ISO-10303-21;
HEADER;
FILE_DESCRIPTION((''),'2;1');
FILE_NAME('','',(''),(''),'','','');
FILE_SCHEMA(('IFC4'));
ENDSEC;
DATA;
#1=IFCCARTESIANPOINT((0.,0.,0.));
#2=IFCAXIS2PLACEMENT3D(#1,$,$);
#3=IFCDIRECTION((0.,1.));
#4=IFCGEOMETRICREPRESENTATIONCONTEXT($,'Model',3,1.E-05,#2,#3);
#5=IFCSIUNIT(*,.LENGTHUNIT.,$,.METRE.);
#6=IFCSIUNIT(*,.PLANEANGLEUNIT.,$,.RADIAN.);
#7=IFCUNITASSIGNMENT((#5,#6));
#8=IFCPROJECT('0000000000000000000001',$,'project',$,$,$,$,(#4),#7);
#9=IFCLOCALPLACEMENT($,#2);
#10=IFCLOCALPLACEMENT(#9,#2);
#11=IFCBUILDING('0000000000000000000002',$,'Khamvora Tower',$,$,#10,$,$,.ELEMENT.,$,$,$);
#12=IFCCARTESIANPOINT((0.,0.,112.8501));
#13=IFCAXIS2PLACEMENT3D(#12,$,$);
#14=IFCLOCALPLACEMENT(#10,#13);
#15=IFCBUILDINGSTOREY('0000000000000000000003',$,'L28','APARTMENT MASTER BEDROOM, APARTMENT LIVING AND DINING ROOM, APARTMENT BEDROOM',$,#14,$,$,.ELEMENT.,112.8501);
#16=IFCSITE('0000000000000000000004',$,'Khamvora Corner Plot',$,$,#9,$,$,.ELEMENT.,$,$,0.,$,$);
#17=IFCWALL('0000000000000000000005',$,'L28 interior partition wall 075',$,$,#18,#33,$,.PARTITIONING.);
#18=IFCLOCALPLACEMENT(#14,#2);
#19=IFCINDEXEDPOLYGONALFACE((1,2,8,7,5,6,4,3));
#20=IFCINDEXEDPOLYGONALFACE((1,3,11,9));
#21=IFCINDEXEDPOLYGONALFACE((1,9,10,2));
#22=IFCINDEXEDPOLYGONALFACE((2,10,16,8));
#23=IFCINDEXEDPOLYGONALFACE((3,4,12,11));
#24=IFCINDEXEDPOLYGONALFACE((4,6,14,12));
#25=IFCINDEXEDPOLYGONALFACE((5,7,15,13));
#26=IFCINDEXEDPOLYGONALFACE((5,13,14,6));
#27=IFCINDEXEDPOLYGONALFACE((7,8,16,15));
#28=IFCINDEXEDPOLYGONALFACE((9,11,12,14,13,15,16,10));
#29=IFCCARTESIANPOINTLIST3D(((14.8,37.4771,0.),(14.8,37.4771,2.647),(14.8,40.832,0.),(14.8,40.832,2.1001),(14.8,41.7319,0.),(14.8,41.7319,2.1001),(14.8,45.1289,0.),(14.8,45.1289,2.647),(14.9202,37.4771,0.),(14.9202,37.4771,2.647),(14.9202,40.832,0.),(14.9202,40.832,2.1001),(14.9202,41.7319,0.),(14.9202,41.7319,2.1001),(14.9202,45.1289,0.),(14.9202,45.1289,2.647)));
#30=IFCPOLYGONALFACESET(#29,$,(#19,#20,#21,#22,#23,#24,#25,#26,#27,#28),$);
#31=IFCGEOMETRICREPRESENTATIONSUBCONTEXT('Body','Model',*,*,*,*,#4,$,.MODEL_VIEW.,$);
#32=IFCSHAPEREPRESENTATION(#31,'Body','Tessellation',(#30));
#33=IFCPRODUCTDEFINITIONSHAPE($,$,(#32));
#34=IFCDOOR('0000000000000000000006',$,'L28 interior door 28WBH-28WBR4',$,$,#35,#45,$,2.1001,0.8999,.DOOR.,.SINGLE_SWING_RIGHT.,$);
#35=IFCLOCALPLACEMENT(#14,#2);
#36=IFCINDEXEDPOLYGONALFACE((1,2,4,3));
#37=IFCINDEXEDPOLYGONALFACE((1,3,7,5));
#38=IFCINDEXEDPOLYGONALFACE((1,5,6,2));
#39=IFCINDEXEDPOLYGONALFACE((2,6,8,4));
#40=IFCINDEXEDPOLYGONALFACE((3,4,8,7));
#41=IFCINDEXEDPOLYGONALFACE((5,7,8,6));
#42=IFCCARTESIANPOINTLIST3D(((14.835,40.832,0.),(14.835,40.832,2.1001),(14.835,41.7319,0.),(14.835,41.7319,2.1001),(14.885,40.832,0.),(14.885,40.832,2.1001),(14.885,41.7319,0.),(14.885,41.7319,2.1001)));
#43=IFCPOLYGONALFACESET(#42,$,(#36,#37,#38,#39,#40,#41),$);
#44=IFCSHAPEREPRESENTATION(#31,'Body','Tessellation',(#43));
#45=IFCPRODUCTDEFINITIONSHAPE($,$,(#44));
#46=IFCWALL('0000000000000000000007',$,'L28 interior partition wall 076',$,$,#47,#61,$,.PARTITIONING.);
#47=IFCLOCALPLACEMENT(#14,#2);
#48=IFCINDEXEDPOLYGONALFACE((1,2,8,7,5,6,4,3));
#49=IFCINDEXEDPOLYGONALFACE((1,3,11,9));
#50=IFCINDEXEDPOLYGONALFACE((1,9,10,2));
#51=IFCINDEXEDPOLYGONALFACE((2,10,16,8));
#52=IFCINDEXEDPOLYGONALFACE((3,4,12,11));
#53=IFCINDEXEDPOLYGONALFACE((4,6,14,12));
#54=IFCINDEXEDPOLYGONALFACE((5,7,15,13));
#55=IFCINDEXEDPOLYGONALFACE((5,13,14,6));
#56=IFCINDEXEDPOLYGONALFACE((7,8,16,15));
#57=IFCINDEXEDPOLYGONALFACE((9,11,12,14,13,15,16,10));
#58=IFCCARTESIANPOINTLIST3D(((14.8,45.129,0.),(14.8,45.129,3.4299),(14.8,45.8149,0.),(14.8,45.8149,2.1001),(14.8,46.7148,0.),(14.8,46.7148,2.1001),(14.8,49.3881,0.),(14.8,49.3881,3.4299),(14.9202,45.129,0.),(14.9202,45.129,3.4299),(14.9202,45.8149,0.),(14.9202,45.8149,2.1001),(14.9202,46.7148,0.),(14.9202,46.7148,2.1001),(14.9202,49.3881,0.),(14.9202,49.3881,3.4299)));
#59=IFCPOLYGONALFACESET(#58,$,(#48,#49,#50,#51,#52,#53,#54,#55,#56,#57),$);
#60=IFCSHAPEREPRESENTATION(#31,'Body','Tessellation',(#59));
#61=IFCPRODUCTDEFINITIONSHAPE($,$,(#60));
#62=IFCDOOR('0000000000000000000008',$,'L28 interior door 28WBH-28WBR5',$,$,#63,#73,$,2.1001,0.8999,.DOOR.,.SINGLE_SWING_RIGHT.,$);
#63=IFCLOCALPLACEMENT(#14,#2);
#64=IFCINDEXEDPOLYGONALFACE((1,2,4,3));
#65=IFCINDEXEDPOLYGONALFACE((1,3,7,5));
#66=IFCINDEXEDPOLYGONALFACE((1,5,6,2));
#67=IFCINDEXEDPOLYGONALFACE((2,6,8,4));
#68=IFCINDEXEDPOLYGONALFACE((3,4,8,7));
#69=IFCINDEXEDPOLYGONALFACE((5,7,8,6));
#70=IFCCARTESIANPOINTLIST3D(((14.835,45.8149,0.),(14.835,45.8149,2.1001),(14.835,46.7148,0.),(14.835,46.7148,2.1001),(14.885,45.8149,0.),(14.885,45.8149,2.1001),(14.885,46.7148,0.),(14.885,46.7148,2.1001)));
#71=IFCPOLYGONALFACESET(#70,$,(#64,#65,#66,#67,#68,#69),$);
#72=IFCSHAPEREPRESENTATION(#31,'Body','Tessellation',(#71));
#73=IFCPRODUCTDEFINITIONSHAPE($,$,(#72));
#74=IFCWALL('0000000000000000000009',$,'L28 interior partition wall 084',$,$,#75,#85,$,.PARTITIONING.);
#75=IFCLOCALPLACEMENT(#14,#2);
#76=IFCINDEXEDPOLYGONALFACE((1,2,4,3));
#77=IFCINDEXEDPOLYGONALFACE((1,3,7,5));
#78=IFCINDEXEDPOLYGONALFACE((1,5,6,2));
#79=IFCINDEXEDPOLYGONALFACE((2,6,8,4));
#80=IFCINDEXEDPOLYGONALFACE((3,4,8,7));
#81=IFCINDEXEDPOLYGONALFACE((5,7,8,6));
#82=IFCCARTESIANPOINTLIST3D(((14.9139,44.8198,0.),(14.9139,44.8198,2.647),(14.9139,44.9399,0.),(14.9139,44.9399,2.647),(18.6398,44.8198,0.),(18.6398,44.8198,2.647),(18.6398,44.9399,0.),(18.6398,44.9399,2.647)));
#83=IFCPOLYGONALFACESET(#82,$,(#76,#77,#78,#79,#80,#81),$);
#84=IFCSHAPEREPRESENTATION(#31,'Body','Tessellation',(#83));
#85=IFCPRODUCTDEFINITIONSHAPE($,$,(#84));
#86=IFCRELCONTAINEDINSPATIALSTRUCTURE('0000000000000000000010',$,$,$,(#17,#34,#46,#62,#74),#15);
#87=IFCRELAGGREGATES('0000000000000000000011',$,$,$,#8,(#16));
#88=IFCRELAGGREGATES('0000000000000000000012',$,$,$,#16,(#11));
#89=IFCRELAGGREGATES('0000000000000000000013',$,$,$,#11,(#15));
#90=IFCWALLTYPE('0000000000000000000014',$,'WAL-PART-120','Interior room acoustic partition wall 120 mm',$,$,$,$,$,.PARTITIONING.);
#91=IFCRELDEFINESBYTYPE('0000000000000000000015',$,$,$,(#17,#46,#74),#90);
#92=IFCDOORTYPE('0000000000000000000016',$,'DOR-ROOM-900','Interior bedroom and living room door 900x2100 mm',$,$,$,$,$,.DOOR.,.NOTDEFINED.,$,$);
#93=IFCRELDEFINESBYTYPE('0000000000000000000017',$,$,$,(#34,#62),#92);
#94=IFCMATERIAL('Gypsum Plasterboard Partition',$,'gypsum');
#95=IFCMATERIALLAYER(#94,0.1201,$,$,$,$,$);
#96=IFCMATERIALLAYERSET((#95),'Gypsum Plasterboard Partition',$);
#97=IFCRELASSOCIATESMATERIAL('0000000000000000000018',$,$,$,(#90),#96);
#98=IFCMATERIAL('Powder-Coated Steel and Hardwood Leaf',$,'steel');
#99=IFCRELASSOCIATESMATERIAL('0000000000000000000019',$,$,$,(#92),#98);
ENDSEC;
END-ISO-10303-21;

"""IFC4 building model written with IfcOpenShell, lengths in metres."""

from ifc_helpers import new_model, si_unit, direction, frame, frame_2d, origin, place, context, subcontext, project, spatial, rectangle, extrude, material, layer, layer_set, type_object, element, fill, save


model = new_model("IFC4")

# Units and contexts
model_context = context("Model", 3, precision=1e-05, world=origin(), true_north=direction((0.0, 1.0)))
body_context = subcontext(model_context, "Body", "Model", "MODEL_VIEW")
ifc_project = project(units=[si_unit("LENGTHUNIT", "METRE"), si_unit("PLANEANGLEUNIT", "RADIAN")], contexts=[model_context])

# Site, building, storey
site_placement = place(None, origin())
site = spatial("IfcSite", under=ifc_project, at=site_placement, Name="Khamvora Corner Plot", CompositionType="ELEMENT", RefElevation=0.0)
building_placement = place(site_placement, origin())
building = spatial("IfcBuilding", under=site, at=building_placement, Name="Khamvora Tower", CompositionType="ELEMENT")
storey_placement = place(building_placement, frame((0.0, 0.0, 112.8501)))
storey = spatial("IfcBuildingStorey", under=building, at=storey_placement, Name="L28", Description="APARTMENT MASTER BEDROOM, APARTMENT LIVING AND DINING ROOM, APARTMENT BEDROOM", CompositionType="ELEMENT", Elevation=112.8501)

# Walls, openings, doors
ifc_material_1 = material(Name="Gypsum Plasterboard Partition", Category="gypsum")
ifc_layer_1 = layer(ifc_material_1, 0.1201)
ifc_layer_set_1 = layer_set([ifc_layer_1], Name="Gypsum Plasterboard Partition")
wall_type_1 = type_object("IfcWallType", Name="WAL-PART-120", Description="Interior room acoustic partition wall 120 mm", PredefinedType="PARTITIONING", material=ifc_layer_set_1)
wall_1_placement = place(storey_placement, frame((14.8601, 45.1289, 0.0), z_axis=(0.0, 0.0, 1.0), x_axis=(0.0, -1.0, 0.0)))
wall_1 = element("IfcWall", 1, at=wall_1_placement, inside=storey, type_object=wall_type_1, Name="L28 interior partition wall 075", PredefinedType="PARTITIONING", context=body_context, shape_type="SweptSolid", body=[
    extrude(rectangle(XDim=7.6519, YDim=0.1201, at=frame_2d((3.8259, 0.0))), origin(), (0.0, 0.0, 1.0), 2.647),
])
opening_1_placement = place(wall_1_placement, frame((3.397, 0.0, 0.0)))
opening_1 = element("IfcOpeningElement", 2, at=opening_1_placement, cuts=wall_1, PredefinedType="OPENING", context=body_context, shape_type="SweptSolid", body=[
    extrude(rectangle(XDim=0.8999, YDim=2.1001, at=frame_2d((0.45, 1.05))), frame((0.0, 0.0701, 0.0), z_axis=(0.0, -1.0, 0.0), x_axis=(1.0, 0.0, 0.0)), (0.0, 0.0, 1.0), 0.1401),
])
ifc_material_2 = material(Name="Powder-Coated Steel and Hardwood Leaf", Category="steel")
door_type = type_object("IfcDoorType", Name="DOR-ROOM-900", Description="Interior bedroom and living room door 900x2100 mm", OperationType="NOTDEFINED", PredefinedType="DOOR", material=ifc_material_2)
door_1_placement = place(opening_1_placement, origin())
door_1 = element("IfcDoor", 3, at=door_1_placement, inside=storey, type_object=door_type, Name="L28 interior door 28WBH-28WBR4", OperationType="SINGLE_SWING_RIGHT", OverallHeight=2.1001, OverallWidth=0.8999, PredefinedType="DOOR", context=body_context, shape_type="SweptSolid", body=[
    extrude(rectangle(XDim=0.8999, YDim=2.1001, at=frame_2d((0.45, 1.05))), frame((0.0, 0.0249, 0.0), z_axis=(0.0, -1.0, 0.0), x_axis=(1.0, 0.0, 0.0)), (0.0, 0.0, 1.0), 0.05),
])
fill(opening_1, door_1)
wall_2_placement = place(storey_placement, frame((14.8601, 49.3879, 0.0), z_axis=(0.0, 0.0, 1.0), x_axis=(0.0, -1.0, 0.0)))
wall_2 = element("IfcWall", 4, at=wall_2_placement, inside=storey, type_object=wall_type_1, Name="L28 interior partition wall 076", PredefinedType="PARTITIONING", context=body_context, shape_type="SweptSolid", body=[
    extrude(rectangle(XDim=4.259, YDim=0.1201, at=frame_2d((2.1294, 0.0))), origin(), (0.0, 0.0, 1.0), 3.4299),
])
opening_2_placement = place(wall_2_placement, frame((2.6731, 0.0, 0.0)))
opening_2 = element("IfcOpeningElement", 5, at=opening_2_placement, cuts=wall_2, PredefinedType="OPENING", context=body_context, shape_type="SweptSolid", body=[
    extrude(rectangle(XDim=0.8999, YDim=2.1001, at=frame_2d((0.45, 1.05))), frame((0.0, 0.0701, 0.0), z_axis=(0.0, -1.0, 0.0), x_axis=(1.0, 0.0, 0.0)), (0.0, 0.0, 1.0), 0.1401),
])
door_2_placement = place(opening_2_placement, origin())
door_2 = element("IfcDoor", 6, at=door_2_placement, inside=storey, type_object=door_type, Name="L28 interior door 28WBH-28WBR5", OperationType="SINGLE_SWING_RIGHT", OverallHeight=2.1001, OverallWidth=0.8999, PredefinedType="DOOR", context=body_context, shape_type="SweptSolid", body=[
    extrude(rectangle(XDim=0.8999, YDim=2.1001, at=frame_2d((0.45, 1.05))), frame((0.0, 0.0249, 0.0), z_axis=(0.0, -1.0, 0.0), x_axis=(1.0, 0.0, 0.0)), (0.0, 0.0, 1.0), 0.05),
])
fill(opening_2, door_2)

# Wall
wall_3_placement = place(storey_placement, frame((14.9141, 44.8799, 0.0), z_axis=(0.0, 0.0, 1.0), x_axis=(1.0, 0.0, 0.0)))
element("IfcWall", 7, at=wall_3_placement, inside=storey, type_object=wall_type_1, Name="L28 interior partition wall 084", PredefinedType="PARTITIONING", context=body_context, shape_type="SweptSolid", body=[
    extrude(rectangle(XDim=3.7258, YDim=0.1201, at=frame_2d((1.8628, 0.0))), origin(), (0.0, 0.0, 1.0), 2.647),
])

save(model, "model.ifc")
